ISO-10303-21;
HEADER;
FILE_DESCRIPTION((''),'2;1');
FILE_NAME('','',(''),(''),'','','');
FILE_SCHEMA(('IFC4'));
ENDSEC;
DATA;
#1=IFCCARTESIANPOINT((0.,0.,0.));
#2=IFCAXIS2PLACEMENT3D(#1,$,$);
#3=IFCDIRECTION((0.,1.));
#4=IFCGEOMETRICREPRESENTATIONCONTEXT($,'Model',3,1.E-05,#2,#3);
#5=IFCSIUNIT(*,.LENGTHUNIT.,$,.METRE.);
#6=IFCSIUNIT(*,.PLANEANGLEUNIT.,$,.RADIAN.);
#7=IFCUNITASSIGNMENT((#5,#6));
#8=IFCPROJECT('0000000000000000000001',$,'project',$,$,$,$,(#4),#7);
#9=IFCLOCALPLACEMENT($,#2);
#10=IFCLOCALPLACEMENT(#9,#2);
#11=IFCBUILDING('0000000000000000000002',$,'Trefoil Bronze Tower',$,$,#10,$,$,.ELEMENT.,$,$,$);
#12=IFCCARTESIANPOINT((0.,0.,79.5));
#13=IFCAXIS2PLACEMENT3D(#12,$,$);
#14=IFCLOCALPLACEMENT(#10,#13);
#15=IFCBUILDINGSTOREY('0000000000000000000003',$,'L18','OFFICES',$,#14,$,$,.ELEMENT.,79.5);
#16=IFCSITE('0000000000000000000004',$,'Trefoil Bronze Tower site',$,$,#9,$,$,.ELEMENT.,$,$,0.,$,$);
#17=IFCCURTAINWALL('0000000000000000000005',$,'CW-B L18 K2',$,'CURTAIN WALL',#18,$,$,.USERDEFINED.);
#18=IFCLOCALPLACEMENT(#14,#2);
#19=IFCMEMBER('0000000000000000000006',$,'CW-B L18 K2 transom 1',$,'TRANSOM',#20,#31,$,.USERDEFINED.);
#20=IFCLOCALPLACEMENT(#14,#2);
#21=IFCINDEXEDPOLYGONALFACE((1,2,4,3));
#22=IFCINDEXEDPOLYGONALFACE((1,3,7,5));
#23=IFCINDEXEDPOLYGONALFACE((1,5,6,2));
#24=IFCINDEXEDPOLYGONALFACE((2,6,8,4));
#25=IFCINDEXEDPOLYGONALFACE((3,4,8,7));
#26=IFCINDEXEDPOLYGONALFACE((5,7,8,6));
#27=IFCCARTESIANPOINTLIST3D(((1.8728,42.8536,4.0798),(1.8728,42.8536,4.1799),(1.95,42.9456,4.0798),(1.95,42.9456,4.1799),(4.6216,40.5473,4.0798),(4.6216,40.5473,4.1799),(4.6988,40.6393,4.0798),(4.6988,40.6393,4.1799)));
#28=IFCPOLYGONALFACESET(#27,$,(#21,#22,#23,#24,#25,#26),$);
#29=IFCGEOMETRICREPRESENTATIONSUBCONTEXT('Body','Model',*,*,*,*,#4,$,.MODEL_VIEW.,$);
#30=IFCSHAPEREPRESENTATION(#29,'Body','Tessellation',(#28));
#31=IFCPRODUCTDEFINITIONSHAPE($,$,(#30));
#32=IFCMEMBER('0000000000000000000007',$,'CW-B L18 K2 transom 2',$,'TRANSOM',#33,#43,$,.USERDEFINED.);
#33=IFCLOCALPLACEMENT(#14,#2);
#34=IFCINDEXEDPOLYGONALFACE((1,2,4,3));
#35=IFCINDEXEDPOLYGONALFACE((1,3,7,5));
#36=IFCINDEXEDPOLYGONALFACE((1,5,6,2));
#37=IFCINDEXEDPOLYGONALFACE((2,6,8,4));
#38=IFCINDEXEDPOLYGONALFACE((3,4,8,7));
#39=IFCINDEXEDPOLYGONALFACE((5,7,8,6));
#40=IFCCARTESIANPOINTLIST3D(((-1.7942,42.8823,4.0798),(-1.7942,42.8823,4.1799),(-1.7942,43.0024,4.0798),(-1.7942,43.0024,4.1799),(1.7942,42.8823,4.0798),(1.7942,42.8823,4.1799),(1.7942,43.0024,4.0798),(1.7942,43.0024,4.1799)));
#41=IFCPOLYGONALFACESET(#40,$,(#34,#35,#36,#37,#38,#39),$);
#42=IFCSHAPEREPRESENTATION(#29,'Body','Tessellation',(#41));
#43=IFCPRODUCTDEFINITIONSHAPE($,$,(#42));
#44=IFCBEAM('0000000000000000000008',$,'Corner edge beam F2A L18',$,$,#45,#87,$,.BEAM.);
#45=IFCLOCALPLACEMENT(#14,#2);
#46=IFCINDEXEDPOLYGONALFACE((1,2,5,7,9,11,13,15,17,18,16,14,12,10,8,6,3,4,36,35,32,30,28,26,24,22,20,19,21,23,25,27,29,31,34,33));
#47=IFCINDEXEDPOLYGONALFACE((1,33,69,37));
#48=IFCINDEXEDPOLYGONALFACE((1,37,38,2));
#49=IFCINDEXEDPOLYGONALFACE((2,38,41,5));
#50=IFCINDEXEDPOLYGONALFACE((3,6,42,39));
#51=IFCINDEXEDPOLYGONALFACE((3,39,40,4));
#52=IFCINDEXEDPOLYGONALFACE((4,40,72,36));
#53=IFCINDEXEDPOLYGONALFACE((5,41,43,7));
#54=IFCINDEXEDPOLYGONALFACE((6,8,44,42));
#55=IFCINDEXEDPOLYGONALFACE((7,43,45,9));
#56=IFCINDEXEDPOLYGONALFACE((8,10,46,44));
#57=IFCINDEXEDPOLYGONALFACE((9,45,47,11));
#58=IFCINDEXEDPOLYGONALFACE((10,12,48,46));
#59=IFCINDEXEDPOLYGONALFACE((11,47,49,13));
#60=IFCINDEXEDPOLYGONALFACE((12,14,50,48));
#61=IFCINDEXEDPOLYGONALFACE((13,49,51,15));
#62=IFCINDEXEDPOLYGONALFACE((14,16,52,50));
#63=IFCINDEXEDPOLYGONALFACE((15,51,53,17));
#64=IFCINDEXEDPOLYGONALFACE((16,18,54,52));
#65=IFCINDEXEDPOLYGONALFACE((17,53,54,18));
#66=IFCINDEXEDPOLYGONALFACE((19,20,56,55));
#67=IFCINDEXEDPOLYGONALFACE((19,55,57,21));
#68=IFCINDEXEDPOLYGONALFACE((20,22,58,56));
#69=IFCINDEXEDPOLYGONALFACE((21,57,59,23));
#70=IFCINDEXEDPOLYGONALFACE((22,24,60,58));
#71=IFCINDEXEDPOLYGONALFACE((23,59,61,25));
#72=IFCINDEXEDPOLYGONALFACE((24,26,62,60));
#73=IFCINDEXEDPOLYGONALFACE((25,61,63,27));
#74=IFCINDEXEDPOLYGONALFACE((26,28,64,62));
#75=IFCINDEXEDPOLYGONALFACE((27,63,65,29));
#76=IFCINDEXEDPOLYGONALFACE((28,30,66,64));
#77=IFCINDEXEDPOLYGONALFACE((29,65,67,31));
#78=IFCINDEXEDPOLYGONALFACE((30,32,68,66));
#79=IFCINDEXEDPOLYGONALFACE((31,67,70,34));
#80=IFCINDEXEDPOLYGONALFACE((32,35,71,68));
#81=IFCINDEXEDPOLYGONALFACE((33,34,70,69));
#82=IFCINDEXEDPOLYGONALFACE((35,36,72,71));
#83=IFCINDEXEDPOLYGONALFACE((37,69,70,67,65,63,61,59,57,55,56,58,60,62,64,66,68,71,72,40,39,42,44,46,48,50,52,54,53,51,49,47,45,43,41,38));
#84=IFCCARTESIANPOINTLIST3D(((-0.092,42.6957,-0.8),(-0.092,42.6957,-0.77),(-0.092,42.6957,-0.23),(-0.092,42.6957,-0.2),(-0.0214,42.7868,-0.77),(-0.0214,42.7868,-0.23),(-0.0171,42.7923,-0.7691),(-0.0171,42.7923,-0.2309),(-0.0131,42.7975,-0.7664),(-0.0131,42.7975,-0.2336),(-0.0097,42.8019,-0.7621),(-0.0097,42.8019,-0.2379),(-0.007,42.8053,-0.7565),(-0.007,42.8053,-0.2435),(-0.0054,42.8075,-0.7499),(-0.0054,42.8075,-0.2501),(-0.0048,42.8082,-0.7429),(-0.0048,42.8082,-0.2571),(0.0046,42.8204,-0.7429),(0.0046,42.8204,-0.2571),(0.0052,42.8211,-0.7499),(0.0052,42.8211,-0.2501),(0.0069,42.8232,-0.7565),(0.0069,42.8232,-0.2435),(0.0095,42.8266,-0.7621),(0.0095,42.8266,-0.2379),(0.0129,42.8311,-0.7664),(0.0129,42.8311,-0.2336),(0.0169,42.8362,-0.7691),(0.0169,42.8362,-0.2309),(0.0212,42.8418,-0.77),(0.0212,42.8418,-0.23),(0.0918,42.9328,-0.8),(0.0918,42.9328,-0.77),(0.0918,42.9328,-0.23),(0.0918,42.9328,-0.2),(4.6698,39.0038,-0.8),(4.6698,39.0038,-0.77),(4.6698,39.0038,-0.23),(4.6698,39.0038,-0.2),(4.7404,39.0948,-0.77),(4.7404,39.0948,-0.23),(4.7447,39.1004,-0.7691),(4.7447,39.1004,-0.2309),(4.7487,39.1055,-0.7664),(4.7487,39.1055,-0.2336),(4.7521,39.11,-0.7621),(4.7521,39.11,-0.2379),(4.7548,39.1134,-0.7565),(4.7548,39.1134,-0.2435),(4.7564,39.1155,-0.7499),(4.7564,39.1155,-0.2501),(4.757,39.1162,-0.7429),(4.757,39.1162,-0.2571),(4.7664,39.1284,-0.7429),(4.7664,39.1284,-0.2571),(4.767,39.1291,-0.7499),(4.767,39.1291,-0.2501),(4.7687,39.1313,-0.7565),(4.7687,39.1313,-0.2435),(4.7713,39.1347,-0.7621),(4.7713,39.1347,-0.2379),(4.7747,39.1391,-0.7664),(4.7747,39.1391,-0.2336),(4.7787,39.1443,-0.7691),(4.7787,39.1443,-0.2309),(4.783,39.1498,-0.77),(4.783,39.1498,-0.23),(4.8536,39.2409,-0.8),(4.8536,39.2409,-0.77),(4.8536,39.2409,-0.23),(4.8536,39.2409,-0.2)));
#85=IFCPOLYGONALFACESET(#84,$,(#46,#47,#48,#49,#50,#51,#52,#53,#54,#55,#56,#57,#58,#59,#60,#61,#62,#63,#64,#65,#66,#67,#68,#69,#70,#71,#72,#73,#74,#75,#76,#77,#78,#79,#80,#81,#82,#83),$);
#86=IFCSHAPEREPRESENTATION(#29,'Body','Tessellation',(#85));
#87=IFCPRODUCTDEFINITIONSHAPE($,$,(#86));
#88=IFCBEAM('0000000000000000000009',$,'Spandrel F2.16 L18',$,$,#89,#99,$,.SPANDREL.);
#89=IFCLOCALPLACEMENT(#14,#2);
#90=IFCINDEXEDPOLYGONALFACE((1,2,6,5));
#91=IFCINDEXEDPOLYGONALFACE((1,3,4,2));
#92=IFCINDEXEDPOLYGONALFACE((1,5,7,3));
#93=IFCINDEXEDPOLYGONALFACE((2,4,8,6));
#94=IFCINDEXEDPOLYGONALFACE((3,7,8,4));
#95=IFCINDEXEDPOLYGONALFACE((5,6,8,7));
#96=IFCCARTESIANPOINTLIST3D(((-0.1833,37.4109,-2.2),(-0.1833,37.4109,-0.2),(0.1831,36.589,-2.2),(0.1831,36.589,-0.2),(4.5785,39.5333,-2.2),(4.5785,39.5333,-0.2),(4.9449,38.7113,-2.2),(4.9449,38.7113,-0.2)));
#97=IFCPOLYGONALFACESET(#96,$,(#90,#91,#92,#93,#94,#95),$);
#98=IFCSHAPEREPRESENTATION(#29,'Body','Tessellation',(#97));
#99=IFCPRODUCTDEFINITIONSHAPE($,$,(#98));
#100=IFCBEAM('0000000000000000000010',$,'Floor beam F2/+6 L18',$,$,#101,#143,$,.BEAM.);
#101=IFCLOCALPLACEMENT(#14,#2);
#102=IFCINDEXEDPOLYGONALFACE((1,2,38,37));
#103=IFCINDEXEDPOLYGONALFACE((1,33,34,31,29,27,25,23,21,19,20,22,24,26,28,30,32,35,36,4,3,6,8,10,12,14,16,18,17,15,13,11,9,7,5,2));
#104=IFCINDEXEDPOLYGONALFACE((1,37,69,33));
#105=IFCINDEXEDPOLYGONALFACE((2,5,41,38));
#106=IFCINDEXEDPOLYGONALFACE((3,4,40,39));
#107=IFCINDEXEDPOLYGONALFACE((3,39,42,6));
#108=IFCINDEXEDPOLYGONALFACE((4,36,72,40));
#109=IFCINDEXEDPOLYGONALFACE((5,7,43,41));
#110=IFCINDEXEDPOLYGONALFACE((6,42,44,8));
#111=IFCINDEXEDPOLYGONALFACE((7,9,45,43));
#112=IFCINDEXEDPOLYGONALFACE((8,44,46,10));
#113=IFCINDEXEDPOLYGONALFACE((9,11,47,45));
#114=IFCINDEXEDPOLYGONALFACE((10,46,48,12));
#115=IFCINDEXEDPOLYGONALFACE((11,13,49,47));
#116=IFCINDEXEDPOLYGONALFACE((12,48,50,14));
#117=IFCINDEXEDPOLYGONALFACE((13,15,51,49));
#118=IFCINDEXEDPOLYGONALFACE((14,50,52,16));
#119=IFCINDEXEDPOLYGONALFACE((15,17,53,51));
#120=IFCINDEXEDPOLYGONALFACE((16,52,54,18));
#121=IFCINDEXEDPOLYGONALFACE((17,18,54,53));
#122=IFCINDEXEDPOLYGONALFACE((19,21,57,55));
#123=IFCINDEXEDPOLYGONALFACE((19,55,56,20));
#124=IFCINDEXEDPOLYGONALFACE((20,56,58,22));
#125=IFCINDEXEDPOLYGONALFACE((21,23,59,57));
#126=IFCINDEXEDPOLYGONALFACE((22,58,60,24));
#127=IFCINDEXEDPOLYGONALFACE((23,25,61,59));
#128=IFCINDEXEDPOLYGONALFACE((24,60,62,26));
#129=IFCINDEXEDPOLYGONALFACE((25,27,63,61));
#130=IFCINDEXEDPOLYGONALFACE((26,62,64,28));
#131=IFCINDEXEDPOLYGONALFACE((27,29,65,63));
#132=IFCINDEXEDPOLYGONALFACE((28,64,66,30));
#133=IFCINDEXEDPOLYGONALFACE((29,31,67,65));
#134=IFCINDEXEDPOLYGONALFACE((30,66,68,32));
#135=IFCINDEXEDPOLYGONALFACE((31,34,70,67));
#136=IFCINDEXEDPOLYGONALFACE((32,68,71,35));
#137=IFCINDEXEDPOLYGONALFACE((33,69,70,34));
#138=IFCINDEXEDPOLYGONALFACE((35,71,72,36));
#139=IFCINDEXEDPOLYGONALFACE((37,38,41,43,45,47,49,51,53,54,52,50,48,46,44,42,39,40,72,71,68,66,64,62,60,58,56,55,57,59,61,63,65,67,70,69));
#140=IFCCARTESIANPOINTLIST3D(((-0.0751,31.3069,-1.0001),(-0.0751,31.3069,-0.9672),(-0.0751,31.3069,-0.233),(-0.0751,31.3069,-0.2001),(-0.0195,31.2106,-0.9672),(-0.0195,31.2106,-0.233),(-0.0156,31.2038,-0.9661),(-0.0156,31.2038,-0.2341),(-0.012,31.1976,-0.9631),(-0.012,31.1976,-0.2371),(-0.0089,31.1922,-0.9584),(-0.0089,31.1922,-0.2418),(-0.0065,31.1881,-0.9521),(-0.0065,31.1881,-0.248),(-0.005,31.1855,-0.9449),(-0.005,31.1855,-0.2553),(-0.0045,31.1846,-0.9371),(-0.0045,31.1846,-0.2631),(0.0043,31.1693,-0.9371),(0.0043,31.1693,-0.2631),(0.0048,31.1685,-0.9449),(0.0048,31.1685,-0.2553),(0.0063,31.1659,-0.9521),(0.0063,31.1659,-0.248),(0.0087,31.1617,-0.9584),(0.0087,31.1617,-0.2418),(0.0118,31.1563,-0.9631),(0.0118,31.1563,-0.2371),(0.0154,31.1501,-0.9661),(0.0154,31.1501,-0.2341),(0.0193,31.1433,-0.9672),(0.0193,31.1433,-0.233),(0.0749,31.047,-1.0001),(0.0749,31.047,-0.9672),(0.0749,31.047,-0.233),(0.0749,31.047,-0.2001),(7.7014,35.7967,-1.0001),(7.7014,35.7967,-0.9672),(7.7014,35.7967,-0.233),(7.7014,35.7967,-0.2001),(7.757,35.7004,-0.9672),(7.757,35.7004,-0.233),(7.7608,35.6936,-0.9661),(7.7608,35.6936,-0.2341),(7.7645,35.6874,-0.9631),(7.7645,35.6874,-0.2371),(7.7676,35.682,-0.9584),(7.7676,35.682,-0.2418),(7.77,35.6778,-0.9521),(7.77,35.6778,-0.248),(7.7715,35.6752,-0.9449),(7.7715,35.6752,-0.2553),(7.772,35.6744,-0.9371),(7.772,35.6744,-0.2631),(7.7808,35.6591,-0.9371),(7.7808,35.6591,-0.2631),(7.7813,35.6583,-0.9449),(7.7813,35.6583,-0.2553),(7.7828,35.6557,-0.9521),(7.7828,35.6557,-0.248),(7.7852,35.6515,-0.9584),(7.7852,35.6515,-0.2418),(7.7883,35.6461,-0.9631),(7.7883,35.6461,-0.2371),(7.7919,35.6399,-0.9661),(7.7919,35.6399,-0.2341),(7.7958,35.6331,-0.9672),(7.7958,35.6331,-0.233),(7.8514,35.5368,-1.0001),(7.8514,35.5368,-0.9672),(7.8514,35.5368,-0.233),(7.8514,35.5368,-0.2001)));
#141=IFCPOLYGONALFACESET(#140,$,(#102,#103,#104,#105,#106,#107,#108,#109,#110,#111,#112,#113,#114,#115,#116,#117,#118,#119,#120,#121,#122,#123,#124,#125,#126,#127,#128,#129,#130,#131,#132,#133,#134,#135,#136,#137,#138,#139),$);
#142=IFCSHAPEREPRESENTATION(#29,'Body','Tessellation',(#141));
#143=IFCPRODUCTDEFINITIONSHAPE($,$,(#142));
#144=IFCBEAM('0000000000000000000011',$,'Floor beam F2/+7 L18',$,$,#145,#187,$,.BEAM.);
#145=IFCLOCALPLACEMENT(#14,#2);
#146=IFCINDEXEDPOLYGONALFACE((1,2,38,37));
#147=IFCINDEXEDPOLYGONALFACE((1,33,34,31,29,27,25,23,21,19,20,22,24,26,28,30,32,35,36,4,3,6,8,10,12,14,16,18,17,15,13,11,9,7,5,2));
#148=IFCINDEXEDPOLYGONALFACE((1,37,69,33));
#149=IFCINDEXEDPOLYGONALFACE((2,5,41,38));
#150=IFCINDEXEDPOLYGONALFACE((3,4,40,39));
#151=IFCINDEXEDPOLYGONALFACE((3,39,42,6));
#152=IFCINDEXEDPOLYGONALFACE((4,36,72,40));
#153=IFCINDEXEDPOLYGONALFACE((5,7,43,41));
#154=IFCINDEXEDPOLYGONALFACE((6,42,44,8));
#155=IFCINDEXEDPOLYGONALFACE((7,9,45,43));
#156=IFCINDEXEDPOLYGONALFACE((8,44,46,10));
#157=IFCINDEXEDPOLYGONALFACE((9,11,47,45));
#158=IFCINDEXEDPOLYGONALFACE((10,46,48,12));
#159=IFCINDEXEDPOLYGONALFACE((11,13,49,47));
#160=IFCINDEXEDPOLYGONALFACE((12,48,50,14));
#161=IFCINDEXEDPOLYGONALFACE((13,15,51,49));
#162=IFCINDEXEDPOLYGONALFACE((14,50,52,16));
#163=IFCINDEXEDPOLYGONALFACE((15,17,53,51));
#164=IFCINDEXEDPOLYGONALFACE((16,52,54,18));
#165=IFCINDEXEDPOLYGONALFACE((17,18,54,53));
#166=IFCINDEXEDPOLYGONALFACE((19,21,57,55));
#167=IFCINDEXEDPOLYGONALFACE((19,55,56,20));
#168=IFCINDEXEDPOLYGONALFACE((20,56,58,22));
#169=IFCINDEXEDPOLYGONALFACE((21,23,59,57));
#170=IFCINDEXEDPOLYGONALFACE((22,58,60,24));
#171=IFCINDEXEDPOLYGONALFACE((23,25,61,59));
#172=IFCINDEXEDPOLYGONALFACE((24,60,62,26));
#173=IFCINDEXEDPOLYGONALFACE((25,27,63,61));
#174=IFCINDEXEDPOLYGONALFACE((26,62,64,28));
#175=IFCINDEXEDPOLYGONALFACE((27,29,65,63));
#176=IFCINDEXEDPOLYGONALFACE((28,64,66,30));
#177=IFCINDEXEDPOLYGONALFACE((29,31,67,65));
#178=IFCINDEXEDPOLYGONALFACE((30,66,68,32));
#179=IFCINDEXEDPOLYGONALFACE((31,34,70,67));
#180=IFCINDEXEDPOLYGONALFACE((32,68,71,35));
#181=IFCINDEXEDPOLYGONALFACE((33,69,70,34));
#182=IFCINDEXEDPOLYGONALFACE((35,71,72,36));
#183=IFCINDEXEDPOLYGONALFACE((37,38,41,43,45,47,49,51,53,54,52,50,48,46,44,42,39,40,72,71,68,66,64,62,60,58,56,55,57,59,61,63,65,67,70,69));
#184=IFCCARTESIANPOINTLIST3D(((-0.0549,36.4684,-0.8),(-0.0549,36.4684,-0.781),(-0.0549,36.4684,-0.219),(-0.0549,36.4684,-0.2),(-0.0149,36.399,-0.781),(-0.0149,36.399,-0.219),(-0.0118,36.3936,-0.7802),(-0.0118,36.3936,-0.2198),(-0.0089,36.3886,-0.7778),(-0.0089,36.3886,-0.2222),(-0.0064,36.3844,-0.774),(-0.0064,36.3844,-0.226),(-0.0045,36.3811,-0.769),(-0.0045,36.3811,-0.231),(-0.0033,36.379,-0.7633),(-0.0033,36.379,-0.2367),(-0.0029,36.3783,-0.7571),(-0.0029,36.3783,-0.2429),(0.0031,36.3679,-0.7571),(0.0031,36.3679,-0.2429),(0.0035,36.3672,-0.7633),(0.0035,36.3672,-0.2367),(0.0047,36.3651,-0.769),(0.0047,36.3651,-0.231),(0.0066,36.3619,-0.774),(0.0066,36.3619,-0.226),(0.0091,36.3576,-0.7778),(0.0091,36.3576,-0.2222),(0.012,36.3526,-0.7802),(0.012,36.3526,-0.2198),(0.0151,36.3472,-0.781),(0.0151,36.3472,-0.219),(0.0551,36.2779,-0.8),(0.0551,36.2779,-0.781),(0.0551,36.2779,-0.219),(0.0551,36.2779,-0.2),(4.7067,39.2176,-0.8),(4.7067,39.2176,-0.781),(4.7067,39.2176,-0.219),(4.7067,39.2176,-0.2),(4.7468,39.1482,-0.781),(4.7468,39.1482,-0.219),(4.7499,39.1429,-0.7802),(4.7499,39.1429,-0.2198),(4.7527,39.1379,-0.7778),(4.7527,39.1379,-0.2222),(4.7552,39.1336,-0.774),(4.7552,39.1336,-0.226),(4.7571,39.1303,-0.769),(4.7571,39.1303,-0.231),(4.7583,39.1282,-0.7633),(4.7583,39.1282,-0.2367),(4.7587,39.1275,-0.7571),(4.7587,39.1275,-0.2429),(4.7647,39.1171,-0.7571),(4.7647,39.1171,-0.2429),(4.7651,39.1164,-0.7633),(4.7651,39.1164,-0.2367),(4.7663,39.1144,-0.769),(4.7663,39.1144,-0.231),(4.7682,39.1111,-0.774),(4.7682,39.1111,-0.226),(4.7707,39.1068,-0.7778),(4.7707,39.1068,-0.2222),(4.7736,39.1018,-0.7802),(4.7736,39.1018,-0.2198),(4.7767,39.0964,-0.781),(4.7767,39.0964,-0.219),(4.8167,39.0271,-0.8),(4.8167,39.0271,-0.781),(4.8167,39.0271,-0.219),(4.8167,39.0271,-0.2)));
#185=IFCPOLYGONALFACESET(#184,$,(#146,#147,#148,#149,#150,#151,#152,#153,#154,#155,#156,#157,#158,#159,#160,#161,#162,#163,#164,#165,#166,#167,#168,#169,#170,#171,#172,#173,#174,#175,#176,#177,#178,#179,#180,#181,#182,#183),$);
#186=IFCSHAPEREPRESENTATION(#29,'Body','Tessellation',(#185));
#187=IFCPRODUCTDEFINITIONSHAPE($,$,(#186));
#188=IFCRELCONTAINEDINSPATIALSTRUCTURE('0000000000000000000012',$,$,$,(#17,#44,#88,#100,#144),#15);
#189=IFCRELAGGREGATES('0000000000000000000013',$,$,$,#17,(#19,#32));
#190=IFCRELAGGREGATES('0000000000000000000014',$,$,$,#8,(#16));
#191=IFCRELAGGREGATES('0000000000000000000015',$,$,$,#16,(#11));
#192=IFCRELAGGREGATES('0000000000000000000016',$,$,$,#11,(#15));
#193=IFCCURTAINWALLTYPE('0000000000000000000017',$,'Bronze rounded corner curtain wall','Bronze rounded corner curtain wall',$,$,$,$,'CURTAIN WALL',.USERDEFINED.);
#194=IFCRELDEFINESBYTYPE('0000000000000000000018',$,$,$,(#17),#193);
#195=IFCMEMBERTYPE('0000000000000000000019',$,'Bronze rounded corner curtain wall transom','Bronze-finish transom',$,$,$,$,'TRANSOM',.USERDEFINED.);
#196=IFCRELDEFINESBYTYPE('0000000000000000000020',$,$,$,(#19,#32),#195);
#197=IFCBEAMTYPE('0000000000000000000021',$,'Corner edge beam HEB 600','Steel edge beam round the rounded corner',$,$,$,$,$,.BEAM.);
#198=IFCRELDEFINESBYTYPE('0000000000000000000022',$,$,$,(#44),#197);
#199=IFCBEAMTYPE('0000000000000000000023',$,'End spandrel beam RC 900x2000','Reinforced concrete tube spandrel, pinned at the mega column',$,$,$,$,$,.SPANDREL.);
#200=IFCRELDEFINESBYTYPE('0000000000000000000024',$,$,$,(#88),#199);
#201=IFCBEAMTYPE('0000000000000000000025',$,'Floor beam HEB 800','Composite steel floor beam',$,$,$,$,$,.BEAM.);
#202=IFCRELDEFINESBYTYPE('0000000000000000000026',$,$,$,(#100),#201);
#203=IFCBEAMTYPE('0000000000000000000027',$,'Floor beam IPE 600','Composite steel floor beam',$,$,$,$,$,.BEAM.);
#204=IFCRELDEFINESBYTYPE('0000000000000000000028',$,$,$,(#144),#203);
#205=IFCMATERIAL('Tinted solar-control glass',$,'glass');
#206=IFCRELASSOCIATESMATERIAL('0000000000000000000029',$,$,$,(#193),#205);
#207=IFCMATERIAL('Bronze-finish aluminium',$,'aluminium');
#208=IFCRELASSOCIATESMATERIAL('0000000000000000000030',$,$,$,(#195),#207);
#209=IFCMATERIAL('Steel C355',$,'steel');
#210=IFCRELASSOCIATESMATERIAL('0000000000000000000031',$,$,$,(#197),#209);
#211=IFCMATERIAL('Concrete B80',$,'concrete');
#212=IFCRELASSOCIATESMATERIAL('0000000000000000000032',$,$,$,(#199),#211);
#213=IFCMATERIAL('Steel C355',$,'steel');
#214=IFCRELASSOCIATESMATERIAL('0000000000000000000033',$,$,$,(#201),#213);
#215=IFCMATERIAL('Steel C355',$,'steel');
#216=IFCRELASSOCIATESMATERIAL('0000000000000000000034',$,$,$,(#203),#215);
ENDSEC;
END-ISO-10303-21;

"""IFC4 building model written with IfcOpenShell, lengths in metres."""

from ifc_helpers import new_model, si_unit, direction, frame, origin, origin_2d, place, context, subcontext, project, spatial, rectangle, i_section, extrude, material, material_profile, profile_set, type_object, element, aggregate, save


model = new_model("IFC4")

# Units and contexts
model_context = context("Model", 3, precision=1e-05, world=origin(), true_north=direction((0.0, 1.0)))
body_context = subcontext(model_context, "Body", "Model", "MODEL_VIEW")
ifc_project = project(units=[si_unit("LENGTHUNIT", "METRE"), si_unit("PLANEANGLEUNIT", "RADIAN")], contexts=[model_context])

# Site, building, storey
site_placement = place(None, origin())
site = spatial("IfcSite", under=ifc_project, at=site_placement, Name="Trefoil Bronze Tower site", CompositionType="ELEMENT", RefElevation=0.0)
building_placement = place(site_placement, origin())
building = spatial("IfcBuilding", under=site, at=building_placement, Name="Trefoil Bronze Tower", CompositionType="ELEMENT")
storey_placement = place(building_placement, frame((0.0, 0.0, 79.5)))
storey = spatial("IfcBuildingStorey", under=building, at=storey_placement, Name="L18", Description="OFFICES", CompositionType="ELEMENT", Elevation=79.5)

# Curtain wall, members
ifc_material_1 = material(Name="Tinted solar-control glass", Category="glass")
curtain_wall_type_1 = type_object("IfcCurtainWallType", Name="Bronze rounded corner curtain wall", Description="Bronze rounded corner curtain wall", ElementType="CURTAIN WALL", PredefinedType="USERDEFINED", material=ifc_material_1)
curtain_wall_1_placement = place(storey_placement, origin())
curtain_wall_1 = element("IfcCurtainWall", 1, at=curtain_wall_1_placement, inside=storey, type_object=curtain_wall_type_1, Name="CW-B L18 K2", ObjectType="CURTAIN WALL", PredefinedType="USERDEFINED")
ifc_material_2 = material(Name="Bronze-finish aluminium", Category="aluminium")
ifc_material_profile_1 = material_profile(ifc_material_2, rectangle(XDim=0.1201, YDim=0.1001, at=origin_2d()), Name="CW-B transom")
ifc_profile_set_1 = profile_set([ifc_material_profile_1], Name="Bronze-finish aluminium")
member_type_1 = type_object("IfcMemberType", Name="Bronze rounded corner curtain wall transom", Description="Bronze-finish transom", ElementType="TRANSOM", PredefinedType="USERDEFINED", material=ifc_profile_set_1)
member_1_placement = place(storey_placement, frame((4.6602, 40.5933, 4.1299), z_axis=(-0.766059, 0.642771, 0.0), x_axis=(-0.642771, -0.766059, 0.0)))
member_1 = element("IfcMember", 2, at=member_1_placement, type_object=member_type_1, Name="CW-B L18 K2 transom 1", ObjectType="TRANSOM", PredefinedType="USERDEFINED", context=body_context, shape_type="SweptSolid", body=[
    extrude(rectangle(XDim=0.1201, YDim=0.1001, at=origin_2d()), origin(), (0.0, 0.0, 1.0), 3.5881),
])
member_2_placement = place(storey_placement, frame((1.7942, 42.9424, 4.1299), z_axis=(-1.0, 0.0, 0.0), x_axis=(0.0, -1.0, 0.0)))
member_2 = element("IfcMember", 3, at=member_2_placement, type_object=member_type_1, Name="CW-B L18 K2 transom 2", ObjectType="TRANSOM", PredefinedType="USERDEFINED", context=body_context, shape_type="SweptSolid", body=[
    extrude(rectangle(XDim=0.1201, YDim=0.1001, at=origin_2d()), origin(), (0.0, 0.0, 1.0), 3.5884),
])

# Beams
ifc_material_3 = material(Name="Steel C355", Category="steel")
ifc_material_profile_2 = material_profile(ifc_material_3, i_section(OverallWidth=0.3, OverallDepth=0.6001, WebThickness=0.0154, FlangeThickness=0.03, FilletRadius=0.0271, at=origin_2d()), Name="HEB 600")
ifc_profile_set_2 = profile_set([ifc_material_profile_2], Name="Steel C355")
beam_type_1 = type_object("IfcBeamType", Name="Corner edge beam HEB 600", Description="Steel edge beam round the rounded corner", PredefinedType="BEAM", material=ifc_profile_set_2)
beam_1_placement = place(storey_placement, frame((4.7617, 39.1223, -0.5), z_axis=(-0.790289, 0.612734, 0.0), x_axis=(-0.612734, -0.790289, 0.0)))
element("IfcBeam", 4, at=beam_1_placement, inside=storey, type_object=beam_type_1, Name="Corner edge beam F2A L18", PredefinedType="BEAM", context=body_context, shape_type="SweptSolid", body=[
    extrude(i_section(OverallWidth=0.3, OverallDepth=0.6001, WebThickness=0.0154, FlangeThickness=0.03, FilletRadius=0.0271, at=origin_2d()), origin(), (0.0, 0.0, 1.0), 6.0254),
])
ifc_material_4 = material(Name="Concrete B80", Category="concrete")
ifc_material_profile_3 = material_profile(ifc_material_4, rectangle(XDim=0.8999, YDim=2.0, at=origin_2d()), Name="RC 900x2000")
ifc_profile_set_3 = profile_set([ifc_material_profile_3], Name="Concrete B80")
beam_type_2 = type_object("IfcBeamType", Name="End spandrel beam RC 900x2000", Description="Reinforced concrete tube spandrel, pinned at the mega column", PredefinedType="SPANDREL", material=ifc_profile_set_3)
beam_2_placement = place(storey_placement, frame((4.7617, 39.1223, -1.2), z_axis=(-0.913384, -0.407099, 0.0), x_axis=(0.407099, -0.913384, 0.0)))
element("IfcBeam", 5, at=beam_2_placement, inside=storey, type_object=beam_type_2, Name="Spandrel F2.16 L18", PredefinedType="SPANDREL", context=body_context, shape_type="SweptSolid", body=[
    extrude(rectangle(XDim=0.8999, YDim=2.0, at=origin_2d()), origin(), (0.0, 0.0, 1.0), 5.2134),
])
ifc_material_5 = material(Name="Steel C355", Category="steel")
ifc_material_profile_4 = material_profile(ifc_material_5, i_section(OverallWidth=0.3, OverallDepth=0.8, WebThickness=0.0176, FlangeThickness=0.033, FilletRadius=0.03, at=origin_2d()), Name="HEB 800")
ifc_profile_set_4 = profile_set([ifc_material_profile_4], Name="Steel C355")
beam_type_3 = type_object("IfcBeamType", Name="Floor beam HEB 800", Description="Composite steel floor beam", PredefinedType="BEAM", material=ifc_profile_set_4)
beam_3_placement = place(storey_placement, frame((7.7764, 35.6667, -0.6001), z_axis=(-0.866023, -0.500005, 0.0), x_axis=(0.500005, -0.866023, 0.0)))
element("IfcBeam", 6, at=beam_3_placement, inside=storey, type_object=beam_type_3, Name="Floor beam F2/+6 L18", PredefinedType="BEAM", context=body_context, shape_type="SweptSolid", body=[
    extrude(i_section(OverallWidth=0.3, OverallDepth=0.8, WebThickness=0.0176, FlangeThickness=0.033, FilletRadius=0.03, at=origin_2d()), origin(), (0.0, 0.0, 1.0), 8.9795),
])
ifc_material_6 = material(Name="Steel C355", Category="steel")
ifc_material_profile_5 = material_profile(ifc_material_6, i_section(OverallWidth=0.22, OverallDepth=0.6001, WebThickness=0.012, FlangeThickness=0.019, FilletRadius=0.0239, at=origin_2d()), Name="IPE 600")
ifc_profile_set_5 = profile_set([ifc_material_profile_5], Name="Steel C355")
beam_type_4 = type_object("IfcBeamType", Name="Floor beam IPE 600", Description="Composite steel floor beam", PredefinedType="BEAM", material=ifc_profile_set_5)
beam_4_placement = place(storey_placement, frame((4.7617, 39.1223, -0.5), z_axis=(-0.866018, -0.500012, 0.0), x_axis=(0.500012, -0.866018, 0.0)))
element("IfcBeam", 7, at=beam_4_placement, inside=storey, type_object=beam_type_4, Name="Floor beam F2/+7 L18", PredefinedType="BEAM", context=body_context, shape_type="SweptSolid", body=[
    extrude(i_section(OverallWidth=0.22, OverallDepth=0.6001, WebThickness=0.012, FlangeThickness=0.019, FilletRadius=0.0239, at=origin_2d()), origin(), (0.0, 0.0, 1.0), 5.4983),
])

aggregate(curtain_wall_1, [member_1, member_2])

save(model, "model.ifc")
